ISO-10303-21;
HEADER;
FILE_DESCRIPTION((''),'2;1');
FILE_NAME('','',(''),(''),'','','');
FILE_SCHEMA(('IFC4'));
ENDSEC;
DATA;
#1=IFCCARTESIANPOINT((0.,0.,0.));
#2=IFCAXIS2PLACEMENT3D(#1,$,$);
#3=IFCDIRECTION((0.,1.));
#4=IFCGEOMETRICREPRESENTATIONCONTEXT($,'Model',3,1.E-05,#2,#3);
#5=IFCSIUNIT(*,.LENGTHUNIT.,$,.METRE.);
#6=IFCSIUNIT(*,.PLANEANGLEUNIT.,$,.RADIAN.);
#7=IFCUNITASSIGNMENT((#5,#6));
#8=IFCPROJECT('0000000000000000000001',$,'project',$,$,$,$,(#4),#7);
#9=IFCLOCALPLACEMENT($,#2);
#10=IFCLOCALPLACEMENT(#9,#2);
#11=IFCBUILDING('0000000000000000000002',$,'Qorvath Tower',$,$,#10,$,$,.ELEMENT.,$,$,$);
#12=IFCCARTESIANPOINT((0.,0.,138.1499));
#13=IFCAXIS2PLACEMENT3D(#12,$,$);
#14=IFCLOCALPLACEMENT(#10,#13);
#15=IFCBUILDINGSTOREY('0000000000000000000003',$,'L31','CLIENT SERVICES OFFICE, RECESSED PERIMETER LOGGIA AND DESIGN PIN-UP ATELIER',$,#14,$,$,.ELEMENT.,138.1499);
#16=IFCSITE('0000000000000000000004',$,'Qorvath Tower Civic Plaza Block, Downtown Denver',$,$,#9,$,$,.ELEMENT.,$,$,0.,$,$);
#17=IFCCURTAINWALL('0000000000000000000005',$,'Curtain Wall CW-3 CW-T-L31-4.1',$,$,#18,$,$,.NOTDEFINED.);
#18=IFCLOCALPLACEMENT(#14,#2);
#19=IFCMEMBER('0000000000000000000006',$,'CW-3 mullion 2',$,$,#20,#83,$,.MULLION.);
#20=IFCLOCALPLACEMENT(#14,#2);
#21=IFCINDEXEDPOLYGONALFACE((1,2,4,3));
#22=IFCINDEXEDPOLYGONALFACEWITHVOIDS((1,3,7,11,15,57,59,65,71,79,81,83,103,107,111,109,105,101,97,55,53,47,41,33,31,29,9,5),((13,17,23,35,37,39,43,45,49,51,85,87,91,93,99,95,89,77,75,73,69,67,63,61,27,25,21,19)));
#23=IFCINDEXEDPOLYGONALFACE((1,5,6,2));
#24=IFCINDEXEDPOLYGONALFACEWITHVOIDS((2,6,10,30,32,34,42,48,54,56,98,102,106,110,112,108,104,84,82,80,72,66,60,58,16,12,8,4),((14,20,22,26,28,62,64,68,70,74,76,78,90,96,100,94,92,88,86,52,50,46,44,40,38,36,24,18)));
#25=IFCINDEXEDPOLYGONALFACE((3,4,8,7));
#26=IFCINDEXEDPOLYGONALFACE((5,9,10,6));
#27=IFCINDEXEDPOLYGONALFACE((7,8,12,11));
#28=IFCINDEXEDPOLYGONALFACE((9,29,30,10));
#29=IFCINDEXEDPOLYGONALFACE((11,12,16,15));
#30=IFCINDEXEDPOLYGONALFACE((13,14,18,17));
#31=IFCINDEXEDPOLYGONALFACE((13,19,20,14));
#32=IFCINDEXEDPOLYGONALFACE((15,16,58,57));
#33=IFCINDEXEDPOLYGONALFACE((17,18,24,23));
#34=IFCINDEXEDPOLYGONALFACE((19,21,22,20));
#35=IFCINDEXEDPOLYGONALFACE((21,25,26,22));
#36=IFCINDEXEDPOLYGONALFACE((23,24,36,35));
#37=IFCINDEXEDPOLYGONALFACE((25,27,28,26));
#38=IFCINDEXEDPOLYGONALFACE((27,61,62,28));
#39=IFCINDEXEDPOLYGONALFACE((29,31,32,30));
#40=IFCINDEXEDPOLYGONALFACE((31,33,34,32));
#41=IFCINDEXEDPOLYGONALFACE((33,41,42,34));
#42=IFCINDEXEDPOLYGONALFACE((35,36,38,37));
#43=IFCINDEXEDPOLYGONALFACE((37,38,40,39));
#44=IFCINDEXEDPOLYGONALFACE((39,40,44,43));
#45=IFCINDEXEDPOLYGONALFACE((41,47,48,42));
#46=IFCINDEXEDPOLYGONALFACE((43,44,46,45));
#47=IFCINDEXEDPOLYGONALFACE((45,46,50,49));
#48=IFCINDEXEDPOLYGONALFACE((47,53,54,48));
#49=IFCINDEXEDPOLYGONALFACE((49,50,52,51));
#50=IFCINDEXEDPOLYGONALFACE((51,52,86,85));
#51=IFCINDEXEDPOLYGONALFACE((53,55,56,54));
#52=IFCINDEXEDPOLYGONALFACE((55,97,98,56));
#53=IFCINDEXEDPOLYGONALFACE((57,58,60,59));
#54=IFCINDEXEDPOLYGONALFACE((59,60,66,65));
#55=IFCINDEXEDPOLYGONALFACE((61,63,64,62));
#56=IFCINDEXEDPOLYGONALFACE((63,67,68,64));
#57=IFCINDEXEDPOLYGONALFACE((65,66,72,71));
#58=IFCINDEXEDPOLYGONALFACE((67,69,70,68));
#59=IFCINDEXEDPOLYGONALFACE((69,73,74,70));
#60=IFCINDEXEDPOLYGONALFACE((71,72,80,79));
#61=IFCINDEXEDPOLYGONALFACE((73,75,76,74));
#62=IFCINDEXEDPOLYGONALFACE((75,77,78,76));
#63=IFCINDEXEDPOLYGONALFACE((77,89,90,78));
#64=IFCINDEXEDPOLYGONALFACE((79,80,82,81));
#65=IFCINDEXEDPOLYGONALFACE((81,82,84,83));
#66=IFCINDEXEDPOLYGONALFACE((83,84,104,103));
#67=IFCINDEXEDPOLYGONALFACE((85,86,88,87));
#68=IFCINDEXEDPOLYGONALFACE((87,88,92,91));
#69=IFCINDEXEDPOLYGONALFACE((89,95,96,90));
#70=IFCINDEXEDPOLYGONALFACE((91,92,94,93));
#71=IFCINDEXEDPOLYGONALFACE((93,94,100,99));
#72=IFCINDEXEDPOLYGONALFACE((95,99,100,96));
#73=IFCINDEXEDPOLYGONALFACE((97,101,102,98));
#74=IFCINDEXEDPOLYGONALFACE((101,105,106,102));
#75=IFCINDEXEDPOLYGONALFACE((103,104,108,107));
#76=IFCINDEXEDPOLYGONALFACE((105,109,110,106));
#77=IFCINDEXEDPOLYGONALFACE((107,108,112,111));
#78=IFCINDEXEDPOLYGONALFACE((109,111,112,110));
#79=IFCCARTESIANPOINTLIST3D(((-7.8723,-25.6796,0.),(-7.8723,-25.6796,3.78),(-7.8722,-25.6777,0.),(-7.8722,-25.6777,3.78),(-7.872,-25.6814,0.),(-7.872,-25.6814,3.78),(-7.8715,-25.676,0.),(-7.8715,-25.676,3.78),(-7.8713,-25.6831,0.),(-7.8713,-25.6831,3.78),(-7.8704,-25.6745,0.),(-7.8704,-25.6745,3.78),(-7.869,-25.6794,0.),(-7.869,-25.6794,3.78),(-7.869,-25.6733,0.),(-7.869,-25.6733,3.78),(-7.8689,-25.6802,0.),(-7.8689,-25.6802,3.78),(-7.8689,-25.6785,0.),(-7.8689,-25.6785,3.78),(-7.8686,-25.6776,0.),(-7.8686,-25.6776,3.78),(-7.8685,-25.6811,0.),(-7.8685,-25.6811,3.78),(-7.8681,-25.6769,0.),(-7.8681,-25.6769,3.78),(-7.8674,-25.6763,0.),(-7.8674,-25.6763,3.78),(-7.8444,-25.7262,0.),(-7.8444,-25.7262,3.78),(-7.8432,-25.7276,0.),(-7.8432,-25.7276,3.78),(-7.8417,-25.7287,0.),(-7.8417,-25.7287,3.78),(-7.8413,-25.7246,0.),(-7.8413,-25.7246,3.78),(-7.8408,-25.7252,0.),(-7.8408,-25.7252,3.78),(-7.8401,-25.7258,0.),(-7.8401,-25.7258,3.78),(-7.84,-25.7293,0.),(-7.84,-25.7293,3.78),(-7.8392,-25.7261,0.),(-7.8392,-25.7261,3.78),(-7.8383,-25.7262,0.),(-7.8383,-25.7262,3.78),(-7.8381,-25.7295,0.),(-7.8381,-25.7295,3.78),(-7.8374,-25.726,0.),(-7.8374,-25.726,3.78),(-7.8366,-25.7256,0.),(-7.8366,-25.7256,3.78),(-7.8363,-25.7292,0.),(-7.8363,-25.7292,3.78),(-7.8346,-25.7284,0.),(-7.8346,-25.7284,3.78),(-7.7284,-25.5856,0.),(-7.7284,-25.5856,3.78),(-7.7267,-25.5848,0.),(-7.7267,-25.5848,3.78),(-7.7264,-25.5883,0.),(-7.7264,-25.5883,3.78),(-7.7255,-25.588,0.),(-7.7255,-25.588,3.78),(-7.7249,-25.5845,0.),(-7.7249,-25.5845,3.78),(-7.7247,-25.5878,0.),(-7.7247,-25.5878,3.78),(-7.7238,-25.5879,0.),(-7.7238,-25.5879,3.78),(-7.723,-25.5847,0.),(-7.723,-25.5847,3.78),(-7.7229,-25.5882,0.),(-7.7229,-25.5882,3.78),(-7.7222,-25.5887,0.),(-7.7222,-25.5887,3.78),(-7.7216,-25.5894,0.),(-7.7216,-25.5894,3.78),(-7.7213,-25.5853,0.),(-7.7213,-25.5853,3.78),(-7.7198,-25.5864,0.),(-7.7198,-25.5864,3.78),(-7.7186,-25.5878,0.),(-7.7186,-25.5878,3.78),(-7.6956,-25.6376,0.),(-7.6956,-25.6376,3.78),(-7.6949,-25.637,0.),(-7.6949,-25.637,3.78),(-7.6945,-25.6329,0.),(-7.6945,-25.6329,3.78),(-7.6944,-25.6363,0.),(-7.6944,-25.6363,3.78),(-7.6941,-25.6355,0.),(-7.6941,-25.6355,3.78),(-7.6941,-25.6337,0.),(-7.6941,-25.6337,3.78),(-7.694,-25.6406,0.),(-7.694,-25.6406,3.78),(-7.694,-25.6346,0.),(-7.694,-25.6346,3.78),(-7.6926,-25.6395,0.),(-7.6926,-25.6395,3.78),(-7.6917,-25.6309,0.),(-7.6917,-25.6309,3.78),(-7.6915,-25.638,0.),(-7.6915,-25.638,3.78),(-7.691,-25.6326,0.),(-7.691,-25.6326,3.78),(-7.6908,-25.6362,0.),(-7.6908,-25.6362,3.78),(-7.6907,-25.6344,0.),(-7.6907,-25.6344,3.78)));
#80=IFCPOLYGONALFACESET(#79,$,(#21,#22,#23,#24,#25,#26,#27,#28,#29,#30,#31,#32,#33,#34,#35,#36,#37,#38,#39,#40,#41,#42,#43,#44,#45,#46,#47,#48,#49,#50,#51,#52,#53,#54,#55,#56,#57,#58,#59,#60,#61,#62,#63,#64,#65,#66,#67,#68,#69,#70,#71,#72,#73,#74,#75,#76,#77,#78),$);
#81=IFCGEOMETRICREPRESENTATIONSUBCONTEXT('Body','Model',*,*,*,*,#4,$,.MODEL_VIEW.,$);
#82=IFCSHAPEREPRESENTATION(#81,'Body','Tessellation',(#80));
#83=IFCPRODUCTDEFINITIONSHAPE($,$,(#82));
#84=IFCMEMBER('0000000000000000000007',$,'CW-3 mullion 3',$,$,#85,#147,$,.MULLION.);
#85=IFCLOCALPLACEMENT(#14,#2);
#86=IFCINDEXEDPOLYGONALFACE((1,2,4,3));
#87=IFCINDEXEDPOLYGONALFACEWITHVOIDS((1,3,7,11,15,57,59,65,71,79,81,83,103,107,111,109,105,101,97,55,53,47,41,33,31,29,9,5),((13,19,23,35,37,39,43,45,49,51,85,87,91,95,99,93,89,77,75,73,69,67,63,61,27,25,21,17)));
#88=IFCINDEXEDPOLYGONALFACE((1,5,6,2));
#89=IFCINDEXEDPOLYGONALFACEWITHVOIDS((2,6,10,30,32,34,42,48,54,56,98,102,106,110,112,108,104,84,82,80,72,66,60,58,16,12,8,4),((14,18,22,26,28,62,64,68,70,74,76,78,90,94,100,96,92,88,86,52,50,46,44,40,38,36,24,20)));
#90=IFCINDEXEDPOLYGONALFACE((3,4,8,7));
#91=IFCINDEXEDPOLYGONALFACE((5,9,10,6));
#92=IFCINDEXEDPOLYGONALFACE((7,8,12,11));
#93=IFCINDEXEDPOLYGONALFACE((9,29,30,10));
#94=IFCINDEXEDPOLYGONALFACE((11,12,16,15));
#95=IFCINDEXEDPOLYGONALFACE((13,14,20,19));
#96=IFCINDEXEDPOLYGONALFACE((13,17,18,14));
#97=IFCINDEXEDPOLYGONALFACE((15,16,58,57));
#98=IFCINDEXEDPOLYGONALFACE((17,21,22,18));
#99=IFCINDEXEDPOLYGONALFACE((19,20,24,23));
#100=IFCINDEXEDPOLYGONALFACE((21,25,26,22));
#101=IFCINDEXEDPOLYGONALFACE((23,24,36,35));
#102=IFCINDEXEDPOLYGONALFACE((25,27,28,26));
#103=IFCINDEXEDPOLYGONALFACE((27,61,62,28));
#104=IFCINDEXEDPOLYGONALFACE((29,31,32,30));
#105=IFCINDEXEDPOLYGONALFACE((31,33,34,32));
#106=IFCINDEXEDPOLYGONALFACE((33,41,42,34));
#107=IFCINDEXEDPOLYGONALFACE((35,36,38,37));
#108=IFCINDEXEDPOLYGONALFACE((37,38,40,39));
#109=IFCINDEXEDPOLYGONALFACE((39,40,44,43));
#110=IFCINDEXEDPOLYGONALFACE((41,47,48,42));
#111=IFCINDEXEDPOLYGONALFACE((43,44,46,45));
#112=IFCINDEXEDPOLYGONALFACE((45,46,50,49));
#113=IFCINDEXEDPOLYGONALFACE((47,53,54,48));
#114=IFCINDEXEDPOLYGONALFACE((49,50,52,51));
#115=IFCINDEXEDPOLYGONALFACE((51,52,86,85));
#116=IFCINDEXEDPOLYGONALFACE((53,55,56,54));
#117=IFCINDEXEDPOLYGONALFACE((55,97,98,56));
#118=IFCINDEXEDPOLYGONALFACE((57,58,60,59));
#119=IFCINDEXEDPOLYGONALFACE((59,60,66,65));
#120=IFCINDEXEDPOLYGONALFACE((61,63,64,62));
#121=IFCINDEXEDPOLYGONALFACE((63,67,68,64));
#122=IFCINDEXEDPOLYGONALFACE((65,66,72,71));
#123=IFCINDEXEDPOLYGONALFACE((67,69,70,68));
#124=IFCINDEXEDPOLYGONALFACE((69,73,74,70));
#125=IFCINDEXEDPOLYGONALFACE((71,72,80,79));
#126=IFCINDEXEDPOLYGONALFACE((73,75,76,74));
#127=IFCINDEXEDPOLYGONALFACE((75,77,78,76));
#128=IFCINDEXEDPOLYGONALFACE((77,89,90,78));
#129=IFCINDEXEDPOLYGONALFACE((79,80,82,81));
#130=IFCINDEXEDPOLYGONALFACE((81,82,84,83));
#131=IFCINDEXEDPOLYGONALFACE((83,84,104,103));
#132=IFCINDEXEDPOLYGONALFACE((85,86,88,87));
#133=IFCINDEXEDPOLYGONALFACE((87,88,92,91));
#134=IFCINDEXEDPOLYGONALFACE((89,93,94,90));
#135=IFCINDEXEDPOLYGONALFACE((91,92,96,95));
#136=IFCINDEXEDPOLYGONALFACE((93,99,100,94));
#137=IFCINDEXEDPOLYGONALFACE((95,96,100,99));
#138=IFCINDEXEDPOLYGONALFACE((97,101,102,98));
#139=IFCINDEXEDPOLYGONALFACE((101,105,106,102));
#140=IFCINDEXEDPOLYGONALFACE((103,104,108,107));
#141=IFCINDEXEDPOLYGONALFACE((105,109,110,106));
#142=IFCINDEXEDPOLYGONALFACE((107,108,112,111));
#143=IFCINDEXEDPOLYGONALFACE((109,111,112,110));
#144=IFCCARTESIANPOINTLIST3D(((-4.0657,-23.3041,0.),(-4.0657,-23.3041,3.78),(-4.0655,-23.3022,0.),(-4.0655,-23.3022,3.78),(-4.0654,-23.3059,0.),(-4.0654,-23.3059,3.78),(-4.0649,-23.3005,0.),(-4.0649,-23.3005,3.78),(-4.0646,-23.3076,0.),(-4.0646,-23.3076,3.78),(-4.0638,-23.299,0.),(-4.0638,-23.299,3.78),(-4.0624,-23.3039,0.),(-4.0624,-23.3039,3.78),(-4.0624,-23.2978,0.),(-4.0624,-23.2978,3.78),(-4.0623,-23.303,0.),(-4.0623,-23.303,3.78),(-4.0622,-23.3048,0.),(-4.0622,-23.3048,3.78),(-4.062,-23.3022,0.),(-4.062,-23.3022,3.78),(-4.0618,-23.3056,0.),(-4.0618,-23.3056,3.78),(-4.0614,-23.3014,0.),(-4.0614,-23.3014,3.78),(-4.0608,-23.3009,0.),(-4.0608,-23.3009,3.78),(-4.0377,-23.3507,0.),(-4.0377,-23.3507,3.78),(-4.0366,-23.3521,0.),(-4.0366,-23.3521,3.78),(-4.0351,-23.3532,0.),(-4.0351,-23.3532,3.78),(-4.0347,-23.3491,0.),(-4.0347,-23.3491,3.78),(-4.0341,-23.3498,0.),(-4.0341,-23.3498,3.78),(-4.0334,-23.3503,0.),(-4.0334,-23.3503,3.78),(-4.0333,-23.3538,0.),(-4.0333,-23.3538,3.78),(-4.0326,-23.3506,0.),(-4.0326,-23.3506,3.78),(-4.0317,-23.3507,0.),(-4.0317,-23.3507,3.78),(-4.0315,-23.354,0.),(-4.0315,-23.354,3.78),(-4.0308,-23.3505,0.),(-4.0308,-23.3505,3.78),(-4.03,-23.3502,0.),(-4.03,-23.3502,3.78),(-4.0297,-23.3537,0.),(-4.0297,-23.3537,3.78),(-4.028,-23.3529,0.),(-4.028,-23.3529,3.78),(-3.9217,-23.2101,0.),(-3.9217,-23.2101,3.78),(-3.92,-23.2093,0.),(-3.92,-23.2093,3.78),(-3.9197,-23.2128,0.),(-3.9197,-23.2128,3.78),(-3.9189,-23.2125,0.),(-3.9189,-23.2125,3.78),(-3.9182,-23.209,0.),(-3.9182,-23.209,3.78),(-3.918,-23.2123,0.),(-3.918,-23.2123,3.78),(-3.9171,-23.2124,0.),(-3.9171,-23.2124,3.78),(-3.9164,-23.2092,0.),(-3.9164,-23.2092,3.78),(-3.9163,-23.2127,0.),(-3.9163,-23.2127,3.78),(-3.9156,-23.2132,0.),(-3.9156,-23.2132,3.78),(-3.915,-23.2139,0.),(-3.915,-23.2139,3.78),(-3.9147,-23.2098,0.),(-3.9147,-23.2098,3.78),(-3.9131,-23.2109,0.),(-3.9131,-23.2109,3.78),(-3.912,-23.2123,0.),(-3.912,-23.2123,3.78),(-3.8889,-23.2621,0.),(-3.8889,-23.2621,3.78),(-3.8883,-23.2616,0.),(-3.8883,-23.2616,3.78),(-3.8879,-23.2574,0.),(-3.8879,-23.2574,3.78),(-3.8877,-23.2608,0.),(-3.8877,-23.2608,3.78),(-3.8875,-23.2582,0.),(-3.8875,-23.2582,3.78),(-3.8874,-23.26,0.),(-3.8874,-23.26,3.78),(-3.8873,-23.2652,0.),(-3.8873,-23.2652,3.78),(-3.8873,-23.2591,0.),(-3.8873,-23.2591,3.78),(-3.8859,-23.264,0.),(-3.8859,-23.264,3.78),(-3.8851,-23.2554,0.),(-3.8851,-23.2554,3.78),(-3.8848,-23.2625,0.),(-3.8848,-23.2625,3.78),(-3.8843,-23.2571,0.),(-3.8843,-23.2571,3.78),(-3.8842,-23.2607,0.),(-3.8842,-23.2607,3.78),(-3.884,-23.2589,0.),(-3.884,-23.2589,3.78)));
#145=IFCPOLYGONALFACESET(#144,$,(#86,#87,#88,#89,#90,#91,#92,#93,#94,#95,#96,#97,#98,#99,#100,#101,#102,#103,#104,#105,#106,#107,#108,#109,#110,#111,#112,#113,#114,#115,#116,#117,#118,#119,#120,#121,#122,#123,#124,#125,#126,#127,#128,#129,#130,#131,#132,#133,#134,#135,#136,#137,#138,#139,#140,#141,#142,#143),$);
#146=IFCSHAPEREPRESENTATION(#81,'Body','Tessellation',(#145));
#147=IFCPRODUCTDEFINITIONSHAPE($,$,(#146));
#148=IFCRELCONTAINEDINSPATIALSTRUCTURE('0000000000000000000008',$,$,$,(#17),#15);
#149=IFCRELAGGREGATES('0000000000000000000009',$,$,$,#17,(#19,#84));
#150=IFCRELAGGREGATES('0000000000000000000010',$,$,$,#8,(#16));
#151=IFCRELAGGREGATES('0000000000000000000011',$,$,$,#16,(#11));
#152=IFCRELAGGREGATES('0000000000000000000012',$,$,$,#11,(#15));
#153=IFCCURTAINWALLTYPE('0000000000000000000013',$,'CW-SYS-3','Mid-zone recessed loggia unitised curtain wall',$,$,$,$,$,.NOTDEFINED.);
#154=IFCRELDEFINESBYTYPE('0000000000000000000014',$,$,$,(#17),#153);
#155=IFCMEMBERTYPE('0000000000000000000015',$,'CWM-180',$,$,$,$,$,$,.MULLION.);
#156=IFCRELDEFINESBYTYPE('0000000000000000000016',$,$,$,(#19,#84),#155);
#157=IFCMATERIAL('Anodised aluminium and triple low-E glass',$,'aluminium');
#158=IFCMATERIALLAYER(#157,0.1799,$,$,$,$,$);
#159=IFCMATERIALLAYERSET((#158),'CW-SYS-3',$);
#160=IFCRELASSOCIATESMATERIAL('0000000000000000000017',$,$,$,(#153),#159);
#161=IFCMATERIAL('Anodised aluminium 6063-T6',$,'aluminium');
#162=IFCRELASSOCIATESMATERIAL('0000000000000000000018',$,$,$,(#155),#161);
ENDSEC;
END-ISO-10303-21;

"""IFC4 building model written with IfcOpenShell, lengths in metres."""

from ifc_helpers import new_model, si_unit, direction, frame, origin, origin_2d, place, context, subcontext, project, spatial, hollow_rectangle, extrude, material, layer, layer_set, material_profile, profile_set, type_object, element, aggregate, save


model = new_model("IFC4")

# Units and contexts
model_context = context("Model", 3, precision=1e-05, world=origin(), true_north=direction((0.0, 1.0)))
body_context = subcontext(model_context, "Body", "Model", "MODEL_VIEW")
ifc_project = project(units=[si_unit("LENGTHUNIT", "METRE"), si_unit("PLANEANGLEUNIT", "RADIAN")], contexts=[model_context])

# Site, building, storey
site_placement = place(None, origin())
site = spatial("IfcSite", under=ifc_project, at=site_placement, Name="Qorvath Tower Civic Plaza Block, Downtown Denver", CompositionType="ELEMENT", RefElevation=0.0)
building_placement = place(site_placement, origin())
building = spatial("IfcBuilding", under=site, at=building_placement, Name="Qorvath Tower", CompositionType="ELEMENT")
storey_placement = place(building_placement, frame((0.0, 0.0, 138.1499)))
storey = spatial("IfcBuildingStorey", under=building, at=storey_placement, Name="L31", Description="CLIENT SERVICES OFFICE, RECESSED PERIMETER LOGGIA AND DESIGN PIN-UP ATELIER", CompositionType="ELEMENT", Elevation=138.1499)

# Shared definitions
ifc_material_1 = material(Name="Anodised aluminium and triple low-E glass", Category="aluminium")
ifc_layer_1 = layer(ifc_material_1, 0.1799)
ifc_layer_set_1 = layer_set([ifc_layer_1], Name="CW-SYS-3")
curtain_wall_type = type_object("IfcCurtainWallType", Name="CW-SYS-3", Description="Mid-zone recessed loggia unitised curtain wall", PredefinedType="NOTDEFINED", material=ifc_layer_set_1)
ifc_material_2 = material(Name="Anodised aluminium 6063-T6", Category="aluminium")
ifc_material_profile_1 = material_profile(ifc_material_2, hollow_rectangle(XDim=0.0649, YDim=0.1799, WallThickness=0.0034, InnerFilletRadius=0.0034, OuterFilletRadius=0.0071, at=origin_2d()), Name="CWM 180x65")
ifc_profile_set_1 = profile_set([ifc_material_profile_1], Name="Anodised aluminium 6063-T6")
member_type_1 = type_object("IfcMemberType", Name="CWM-180", PredefinedType="MULLION", material=ifc_profile_set_1)

# Curtain wall, members
curtain_wall_1_placement = place(storey_placement, origin())
curtain_wall_1 = element("IfcCurtainWall", 1, at=curtain_wall_1_placement, inside=storey, type_object=curtain_wall_type, Name="Curtain Wall CW-3 CW-T-L31-4.1", PredefinedType="NOTDEFINED")
member_1_placement = place(storey_placement, frame((-7.7815, -25.657, 0.0), z_axis=(0.0, 0.0, 1.0), x_axis=(-0.52944, 0.848347, 0.0)))
member_1 = element("IfcMember", 2, at=member_1_placement, type_object=member_type_1, Name="CW-3 mullion 2", PredefinedType="MULLION", context=body_context, shape_type="SweptSolid", body=[
    extrude(hollow_rectangle(XDim=0.0649, YDim=0.1799, WallThickness=0.0034, InnerFilletRadius=0.0034, OuterFilletRadius=0.0071, at=origin_2d()), origin(), (0.0, 0.0, 1.0), 3.78),
])
member_2_placement = place(storey_placement, frame((-3.9749, -23.2815, 0.0), z_axis=(0.0, 0.0, 1.0), x_axis=(-0.52944, 0.848347, 0.0)))
member_2 = element("IfcMember", 3, at=member_2_placement, type_object=member_type_1, Name="CW-3 mullion 3", PredefinedType="MULLION", context=body_context, shape_type="SweptSolid", body=[
    extrude(hollow_rectangle(XDim=0.0649, YDim=0.1799, WallThickness=0.0034, InnerFilletRadius=0.0034, OuterFilletRadius=0.0071, at=origin_2d()), origin(), (0.0, 0.0, 1.0), 3.78),
])

aggregate(curtain_wall_1, [member_1, member_2])

save(model, "model.ifc")
